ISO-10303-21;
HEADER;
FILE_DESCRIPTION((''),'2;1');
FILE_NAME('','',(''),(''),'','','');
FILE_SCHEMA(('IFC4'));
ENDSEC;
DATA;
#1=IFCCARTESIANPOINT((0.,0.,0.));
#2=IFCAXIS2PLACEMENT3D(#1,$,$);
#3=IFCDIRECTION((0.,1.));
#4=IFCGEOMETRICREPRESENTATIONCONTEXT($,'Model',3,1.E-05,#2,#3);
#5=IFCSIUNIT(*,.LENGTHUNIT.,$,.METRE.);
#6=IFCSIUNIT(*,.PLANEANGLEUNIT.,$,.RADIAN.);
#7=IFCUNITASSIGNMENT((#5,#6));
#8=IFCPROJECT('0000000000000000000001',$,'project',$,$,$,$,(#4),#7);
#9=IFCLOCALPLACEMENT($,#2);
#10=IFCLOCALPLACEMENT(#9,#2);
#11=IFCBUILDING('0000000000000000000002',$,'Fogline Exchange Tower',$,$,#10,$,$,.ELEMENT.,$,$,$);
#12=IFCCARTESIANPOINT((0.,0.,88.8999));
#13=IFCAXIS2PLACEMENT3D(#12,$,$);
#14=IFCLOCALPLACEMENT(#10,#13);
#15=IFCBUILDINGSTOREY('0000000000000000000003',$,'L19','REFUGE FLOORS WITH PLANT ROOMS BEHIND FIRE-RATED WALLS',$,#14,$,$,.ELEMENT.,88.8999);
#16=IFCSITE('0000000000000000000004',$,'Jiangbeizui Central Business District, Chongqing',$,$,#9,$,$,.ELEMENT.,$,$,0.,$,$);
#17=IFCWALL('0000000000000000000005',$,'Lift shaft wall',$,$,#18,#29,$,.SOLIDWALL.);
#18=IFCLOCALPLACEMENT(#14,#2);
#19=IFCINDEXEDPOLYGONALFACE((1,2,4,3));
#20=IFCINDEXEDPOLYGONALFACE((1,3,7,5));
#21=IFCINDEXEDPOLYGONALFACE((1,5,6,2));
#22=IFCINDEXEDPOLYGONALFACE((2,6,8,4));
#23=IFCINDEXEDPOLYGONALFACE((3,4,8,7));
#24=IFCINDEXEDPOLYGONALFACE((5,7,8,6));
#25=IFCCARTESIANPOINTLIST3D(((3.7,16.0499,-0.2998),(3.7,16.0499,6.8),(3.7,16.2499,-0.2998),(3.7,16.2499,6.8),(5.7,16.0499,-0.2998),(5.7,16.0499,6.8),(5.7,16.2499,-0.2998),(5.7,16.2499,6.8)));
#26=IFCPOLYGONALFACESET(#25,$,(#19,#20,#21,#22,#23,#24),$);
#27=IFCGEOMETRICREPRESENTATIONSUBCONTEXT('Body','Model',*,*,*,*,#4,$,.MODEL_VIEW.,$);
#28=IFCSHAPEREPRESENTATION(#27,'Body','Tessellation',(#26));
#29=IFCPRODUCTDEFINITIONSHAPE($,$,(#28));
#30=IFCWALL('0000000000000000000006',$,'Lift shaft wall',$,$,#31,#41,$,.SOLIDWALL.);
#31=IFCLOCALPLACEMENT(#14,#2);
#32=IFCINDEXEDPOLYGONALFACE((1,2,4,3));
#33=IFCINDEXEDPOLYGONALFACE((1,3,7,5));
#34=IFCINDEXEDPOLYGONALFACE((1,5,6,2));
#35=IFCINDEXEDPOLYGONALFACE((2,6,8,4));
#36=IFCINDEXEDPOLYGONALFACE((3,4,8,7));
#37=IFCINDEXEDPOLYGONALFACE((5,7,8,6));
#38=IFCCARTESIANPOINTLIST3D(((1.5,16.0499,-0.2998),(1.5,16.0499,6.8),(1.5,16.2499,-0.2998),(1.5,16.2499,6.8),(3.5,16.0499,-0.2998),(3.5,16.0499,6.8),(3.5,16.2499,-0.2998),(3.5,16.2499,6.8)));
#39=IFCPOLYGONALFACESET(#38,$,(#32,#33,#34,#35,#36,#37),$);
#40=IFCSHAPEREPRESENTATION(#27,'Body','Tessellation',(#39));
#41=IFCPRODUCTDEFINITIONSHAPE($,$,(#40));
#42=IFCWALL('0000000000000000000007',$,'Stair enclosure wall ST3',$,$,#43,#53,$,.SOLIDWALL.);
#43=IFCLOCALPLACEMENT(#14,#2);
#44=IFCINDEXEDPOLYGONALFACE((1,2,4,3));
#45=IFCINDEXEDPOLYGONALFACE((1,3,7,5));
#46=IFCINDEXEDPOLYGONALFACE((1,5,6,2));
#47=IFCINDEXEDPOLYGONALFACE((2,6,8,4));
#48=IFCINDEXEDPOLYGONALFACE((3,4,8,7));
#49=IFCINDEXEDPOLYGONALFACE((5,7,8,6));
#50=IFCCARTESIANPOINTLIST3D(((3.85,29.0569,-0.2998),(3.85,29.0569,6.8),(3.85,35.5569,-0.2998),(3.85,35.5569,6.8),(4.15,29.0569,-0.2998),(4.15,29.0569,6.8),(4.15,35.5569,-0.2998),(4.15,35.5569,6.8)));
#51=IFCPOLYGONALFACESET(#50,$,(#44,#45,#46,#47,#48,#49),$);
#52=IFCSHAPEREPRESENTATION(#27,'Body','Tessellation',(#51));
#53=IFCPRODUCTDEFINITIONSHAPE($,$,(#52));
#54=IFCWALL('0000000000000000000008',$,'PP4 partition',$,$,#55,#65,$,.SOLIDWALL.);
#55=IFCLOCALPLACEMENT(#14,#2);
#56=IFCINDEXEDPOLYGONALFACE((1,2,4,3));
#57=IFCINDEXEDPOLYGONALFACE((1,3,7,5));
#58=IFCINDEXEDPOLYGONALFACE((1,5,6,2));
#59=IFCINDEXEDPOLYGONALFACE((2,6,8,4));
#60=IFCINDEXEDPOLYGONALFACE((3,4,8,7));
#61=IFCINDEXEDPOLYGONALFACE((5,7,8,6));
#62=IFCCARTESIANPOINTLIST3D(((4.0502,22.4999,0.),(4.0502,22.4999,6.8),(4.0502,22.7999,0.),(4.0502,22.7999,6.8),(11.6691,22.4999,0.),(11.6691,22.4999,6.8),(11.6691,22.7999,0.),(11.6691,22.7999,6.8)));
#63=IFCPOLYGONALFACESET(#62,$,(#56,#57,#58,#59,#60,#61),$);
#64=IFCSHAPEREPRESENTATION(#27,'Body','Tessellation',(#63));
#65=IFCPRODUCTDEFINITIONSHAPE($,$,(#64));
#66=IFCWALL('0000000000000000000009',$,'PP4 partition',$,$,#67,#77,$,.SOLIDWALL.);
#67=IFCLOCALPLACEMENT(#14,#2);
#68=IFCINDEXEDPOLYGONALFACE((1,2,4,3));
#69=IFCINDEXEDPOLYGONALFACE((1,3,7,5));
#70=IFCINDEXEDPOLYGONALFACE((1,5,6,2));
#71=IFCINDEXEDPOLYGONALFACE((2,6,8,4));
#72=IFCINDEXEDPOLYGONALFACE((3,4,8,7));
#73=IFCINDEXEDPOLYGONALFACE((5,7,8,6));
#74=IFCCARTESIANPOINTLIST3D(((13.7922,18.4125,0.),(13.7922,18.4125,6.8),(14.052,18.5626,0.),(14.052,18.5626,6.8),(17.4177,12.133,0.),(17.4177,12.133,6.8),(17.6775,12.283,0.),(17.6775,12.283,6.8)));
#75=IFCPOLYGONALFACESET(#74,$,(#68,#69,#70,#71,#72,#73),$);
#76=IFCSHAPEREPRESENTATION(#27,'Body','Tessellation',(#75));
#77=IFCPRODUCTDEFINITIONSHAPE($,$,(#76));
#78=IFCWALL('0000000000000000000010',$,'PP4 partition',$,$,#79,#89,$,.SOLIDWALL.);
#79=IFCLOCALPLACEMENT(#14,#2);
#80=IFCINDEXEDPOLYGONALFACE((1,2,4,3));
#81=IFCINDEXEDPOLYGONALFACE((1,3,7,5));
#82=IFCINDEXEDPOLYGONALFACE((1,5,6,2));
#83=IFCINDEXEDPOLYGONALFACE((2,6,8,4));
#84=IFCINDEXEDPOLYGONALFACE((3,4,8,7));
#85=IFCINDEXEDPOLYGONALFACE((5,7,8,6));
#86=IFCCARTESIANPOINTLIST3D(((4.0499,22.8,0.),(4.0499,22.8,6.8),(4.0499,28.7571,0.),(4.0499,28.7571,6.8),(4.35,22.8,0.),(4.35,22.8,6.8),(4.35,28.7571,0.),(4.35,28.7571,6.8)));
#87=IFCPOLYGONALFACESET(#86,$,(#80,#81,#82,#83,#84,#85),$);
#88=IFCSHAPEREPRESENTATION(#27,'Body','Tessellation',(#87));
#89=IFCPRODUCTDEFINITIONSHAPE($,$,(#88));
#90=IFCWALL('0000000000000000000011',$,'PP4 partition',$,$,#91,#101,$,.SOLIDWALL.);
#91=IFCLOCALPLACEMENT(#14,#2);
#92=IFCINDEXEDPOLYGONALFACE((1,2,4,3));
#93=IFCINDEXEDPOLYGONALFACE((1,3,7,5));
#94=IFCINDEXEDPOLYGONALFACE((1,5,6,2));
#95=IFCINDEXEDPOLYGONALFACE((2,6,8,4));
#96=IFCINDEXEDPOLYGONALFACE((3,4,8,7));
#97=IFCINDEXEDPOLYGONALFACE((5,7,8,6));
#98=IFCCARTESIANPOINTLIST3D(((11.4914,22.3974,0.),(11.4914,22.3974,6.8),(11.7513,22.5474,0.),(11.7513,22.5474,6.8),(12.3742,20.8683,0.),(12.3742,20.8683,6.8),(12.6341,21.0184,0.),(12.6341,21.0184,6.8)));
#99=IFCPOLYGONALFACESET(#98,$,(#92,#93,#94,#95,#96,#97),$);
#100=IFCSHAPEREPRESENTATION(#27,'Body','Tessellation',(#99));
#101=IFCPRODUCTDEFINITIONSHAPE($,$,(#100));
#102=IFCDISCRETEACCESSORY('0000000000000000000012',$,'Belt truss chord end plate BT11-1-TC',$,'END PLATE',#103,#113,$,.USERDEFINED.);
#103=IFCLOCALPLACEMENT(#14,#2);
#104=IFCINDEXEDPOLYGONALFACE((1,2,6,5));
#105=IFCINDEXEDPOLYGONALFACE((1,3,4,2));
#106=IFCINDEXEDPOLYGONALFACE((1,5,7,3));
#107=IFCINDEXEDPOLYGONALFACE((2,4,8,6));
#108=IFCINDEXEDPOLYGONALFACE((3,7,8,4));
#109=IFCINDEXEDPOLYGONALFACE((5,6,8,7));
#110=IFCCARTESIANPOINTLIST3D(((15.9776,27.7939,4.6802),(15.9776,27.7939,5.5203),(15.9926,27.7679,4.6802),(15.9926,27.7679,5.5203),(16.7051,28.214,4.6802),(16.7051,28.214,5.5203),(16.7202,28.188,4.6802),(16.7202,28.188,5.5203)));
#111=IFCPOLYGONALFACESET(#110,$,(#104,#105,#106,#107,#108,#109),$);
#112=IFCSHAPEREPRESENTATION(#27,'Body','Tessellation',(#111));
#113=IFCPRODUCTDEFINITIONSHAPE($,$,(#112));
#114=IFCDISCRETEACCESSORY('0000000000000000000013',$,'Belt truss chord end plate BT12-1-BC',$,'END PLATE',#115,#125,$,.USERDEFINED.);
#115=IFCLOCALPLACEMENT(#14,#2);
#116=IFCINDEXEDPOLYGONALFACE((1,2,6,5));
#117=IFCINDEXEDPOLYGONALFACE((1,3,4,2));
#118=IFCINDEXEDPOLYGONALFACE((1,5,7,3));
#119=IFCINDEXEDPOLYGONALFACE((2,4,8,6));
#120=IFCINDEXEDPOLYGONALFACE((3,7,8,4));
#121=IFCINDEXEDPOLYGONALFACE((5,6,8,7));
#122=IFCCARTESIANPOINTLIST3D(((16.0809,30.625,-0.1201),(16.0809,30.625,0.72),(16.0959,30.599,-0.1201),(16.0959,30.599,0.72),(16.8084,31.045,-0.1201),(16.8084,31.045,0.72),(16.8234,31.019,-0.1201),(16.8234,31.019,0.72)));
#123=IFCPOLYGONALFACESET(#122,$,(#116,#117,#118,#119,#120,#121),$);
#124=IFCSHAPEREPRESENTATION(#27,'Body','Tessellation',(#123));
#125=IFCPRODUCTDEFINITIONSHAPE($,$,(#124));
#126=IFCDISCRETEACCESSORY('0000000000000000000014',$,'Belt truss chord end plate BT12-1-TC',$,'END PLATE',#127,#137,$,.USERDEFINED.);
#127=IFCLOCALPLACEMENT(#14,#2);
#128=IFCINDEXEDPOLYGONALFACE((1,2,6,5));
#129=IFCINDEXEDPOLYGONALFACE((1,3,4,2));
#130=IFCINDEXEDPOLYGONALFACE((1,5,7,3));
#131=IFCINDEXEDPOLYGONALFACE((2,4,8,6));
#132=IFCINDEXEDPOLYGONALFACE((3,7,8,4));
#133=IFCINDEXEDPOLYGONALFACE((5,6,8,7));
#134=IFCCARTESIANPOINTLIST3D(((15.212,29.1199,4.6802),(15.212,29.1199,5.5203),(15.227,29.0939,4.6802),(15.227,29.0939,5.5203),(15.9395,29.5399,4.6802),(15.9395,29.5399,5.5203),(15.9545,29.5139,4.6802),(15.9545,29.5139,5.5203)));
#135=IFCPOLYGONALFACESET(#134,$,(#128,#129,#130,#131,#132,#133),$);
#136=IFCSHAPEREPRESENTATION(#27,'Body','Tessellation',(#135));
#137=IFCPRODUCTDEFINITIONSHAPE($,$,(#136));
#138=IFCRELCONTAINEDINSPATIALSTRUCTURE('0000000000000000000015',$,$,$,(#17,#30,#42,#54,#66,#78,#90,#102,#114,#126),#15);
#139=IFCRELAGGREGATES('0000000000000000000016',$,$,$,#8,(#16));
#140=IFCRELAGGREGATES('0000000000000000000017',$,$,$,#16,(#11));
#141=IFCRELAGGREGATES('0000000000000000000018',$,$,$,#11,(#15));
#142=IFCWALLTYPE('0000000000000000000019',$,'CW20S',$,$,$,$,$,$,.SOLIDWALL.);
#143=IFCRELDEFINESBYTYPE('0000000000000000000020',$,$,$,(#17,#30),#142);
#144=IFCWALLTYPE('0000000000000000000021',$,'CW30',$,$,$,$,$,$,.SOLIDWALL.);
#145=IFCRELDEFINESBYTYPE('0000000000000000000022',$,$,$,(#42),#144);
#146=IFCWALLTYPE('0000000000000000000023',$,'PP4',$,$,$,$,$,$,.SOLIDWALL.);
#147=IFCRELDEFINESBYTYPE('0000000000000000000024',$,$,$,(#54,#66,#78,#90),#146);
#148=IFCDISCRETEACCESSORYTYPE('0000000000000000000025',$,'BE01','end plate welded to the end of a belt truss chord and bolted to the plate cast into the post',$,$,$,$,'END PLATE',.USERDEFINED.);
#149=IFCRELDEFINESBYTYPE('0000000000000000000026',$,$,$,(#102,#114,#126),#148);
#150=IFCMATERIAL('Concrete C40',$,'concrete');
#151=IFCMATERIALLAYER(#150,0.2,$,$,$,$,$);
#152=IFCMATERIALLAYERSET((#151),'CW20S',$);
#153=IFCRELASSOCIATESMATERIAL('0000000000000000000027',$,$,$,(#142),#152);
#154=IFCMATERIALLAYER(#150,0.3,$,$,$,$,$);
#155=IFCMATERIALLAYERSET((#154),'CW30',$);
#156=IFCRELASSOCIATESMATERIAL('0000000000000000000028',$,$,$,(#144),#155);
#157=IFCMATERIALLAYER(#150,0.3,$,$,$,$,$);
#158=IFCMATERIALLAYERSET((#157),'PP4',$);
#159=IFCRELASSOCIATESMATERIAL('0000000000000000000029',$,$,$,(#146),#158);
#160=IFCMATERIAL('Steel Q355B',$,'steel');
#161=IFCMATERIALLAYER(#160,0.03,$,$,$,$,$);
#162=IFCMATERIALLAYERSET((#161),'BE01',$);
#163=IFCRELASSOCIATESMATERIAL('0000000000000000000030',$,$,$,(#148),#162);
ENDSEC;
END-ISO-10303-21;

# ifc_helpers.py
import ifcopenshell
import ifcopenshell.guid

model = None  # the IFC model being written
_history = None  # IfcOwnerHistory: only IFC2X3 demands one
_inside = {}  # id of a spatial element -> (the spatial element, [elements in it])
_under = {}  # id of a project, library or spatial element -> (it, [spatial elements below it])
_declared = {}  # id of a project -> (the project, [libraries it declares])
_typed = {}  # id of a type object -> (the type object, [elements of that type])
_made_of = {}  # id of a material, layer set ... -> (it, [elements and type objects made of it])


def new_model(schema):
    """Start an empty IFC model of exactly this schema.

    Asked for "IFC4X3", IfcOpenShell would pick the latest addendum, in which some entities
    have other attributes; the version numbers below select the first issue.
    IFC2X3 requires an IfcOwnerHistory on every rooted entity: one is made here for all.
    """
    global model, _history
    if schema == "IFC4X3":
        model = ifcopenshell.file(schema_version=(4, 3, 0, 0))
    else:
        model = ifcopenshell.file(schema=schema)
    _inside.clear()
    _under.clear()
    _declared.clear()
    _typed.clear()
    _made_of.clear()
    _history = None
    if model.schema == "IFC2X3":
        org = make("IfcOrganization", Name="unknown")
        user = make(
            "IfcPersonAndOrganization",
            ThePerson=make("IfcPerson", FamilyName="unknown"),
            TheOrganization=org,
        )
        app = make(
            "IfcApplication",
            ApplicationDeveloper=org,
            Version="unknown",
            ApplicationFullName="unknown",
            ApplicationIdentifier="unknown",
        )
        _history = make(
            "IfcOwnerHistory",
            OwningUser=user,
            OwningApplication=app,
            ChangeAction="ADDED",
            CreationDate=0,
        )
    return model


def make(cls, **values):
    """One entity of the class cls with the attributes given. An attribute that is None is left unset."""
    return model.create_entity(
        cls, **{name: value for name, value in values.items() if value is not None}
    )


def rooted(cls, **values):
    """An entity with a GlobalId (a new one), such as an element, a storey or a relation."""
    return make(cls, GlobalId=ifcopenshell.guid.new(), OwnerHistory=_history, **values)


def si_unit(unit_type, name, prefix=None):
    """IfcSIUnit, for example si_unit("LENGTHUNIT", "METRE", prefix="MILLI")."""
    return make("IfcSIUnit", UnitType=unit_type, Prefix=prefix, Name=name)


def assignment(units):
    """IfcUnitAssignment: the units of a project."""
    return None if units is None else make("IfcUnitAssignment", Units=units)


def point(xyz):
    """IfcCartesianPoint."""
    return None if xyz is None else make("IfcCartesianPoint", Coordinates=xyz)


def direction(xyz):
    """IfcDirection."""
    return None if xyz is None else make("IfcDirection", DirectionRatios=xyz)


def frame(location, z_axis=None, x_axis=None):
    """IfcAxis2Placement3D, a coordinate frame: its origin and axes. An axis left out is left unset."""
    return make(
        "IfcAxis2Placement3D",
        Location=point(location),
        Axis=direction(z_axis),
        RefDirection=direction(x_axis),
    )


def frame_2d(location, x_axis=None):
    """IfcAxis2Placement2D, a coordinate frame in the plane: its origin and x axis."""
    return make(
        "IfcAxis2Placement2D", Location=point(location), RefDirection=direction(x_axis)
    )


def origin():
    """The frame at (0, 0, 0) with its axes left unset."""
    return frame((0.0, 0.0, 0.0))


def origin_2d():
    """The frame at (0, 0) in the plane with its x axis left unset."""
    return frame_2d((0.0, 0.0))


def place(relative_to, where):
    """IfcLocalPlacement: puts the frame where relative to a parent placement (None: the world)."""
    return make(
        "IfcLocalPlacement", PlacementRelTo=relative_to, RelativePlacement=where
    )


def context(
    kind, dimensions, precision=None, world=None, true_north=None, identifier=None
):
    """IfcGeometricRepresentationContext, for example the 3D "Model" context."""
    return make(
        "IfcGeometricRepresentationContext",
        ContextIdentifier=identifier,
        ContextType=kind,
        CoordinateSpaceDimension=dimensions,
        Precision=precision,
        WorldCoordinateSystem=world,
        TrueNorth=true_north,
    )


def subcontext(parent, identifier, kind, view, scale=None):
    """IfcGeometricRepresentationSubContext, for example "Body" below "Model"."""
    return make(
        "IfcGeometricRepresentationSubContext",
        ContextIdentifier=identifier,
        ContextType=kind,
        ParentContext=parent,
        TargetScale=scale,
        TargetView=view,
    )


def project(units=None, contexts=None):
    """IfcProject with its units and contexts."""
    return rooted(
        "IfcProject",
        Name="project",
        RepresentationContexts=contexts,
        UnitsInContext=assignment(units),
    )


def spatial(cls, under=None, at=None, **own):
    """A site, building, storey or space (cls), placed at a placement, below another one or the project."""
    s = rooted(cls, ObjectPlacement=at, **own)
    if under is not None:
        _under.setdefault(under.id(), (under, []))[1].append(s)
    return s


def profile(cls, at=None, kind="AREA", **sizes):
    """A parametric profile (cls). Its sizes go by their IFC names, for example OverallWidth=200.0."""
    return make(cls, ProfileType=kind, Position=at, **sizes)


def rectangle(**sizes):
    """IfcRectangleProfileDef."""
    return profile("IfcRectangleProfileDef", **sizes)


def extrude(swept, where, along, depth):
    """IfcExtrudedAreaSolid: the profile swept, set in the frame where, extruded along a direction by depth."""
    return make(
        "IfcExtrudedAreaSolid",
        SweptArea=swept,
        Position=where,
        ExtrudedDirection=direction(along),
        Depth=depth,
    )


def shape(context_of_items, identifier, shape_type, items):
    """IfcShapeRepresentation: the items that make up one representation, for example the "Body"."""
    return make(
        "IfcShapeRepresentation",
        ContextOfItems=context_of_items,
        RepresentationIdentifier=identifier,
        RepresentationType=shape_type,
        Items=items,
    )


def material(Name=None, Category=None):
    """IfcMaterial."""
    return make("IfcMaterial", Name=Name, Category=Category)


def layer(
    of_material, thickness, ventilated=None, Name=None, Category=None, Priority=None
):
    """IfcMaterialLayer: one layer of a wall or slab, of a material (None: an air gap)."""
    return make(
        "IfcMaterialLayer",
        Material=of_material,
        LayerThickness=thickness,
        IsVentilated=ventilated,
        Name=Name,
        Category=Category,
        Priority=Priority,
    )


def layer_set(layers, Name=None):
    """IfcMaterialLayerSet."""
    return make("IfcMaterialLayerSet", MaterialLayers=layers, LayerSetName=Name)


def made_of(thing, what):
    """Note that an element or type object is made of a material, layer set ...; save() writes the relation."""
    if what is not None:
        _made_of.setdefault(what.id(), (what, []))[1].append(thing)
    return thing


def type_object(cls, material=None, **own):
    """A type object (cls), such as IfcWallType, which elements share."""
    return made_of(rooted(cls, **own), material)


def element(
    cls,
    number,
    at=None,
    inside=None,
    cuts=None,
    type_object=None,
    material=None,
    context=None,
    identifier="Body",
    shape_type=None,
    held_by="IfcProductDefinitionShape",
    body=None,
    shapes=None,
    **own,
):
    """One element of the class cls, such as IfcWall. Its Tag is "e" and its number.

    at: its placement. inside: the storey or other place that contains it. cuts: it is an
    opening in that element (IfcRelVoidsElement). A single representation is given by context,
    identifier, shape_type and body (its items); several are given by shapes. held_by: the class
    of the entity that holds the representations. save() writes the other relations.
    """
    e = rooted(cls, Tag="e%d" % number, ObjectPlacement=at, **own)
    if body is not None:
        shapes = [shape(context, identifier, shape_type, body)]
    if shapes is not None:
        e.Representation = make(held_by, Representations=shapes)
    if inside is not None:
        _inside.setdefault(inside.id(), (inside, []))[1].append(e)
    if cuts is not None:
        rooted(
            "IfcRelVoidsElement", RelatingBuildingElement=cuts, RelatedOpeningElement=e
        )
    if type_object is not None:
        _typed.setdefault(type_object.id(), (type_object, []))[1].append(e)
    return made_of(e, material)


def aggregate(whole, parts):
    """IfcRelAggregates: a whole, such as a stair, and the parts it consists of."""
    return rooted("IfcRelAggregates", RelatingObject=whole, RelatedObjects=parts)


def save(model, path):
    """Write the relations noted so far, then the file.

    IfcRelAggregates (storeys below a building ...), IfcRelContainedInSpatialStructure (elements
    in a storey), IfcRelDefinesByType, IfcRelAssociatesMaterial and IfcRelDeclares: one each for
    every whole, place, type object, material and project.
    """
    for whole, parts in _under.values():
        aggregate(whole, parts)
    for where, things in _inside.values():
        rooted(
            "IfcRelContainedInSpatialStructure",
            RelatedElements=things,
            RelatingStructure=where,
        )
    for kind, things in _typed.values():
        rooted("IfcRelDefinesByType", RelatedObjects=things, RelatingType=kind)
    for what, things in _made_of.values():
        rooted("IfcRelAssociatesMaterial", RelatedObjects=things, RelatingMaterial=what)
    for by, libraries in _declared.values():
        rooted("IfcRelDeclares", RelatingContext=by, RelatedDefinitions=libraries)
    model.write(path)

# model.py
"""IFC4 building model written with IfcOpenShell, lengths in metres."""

from ifc_helpers import new_model, si_unit, direction, frame, frame_2d, origin, origin_2d, place, context, subcontext, project, spatial, rectangle, extrude, material, layer, layer_set, type_object, element, save


model = new_model("IFC4")

# Units and contexts
model_context = context("Model", 3, precision=1e-05, world=origin(), true_north=direction((0.0, 1.0)))
body_context = subcontext(model_context, "Body", "Model", "MODEL_VIEW")
ifc_project = project(units=[si_unit("LENGTHUNIT", "METRE"), si_unit("PLANEANGLEUNIT", "RADIAN")], contexts=[model_context])

# Site, building, storey
site_placement = place(None, origin())
site = spatial("IfcSite", under=ifc_project, at=site_placement, Name="Jiangbeizui Central Business District, Chongqing", CompositionType="ELEMENT", RefElevation=0.0)
building_placement = place(site_placement, origin())
building = spatial("IfcBuilding", under=site, at=building_placement, Name="Fogline Exchange Tower", CompositionType="ELEMENT")
storey_placement = place(building_placement, frame((0.0, 0.0, 88.8999)))
storey = spatial("IfcBuildingStorey", under=building, at=storey_placement, Name="L19", Description="REFUGE FLOORS WITH PLANT ROOMS BEHIND FIRE-RATED WALLS", CompositionType="ELEMENT", Elevation=88.8999)

# Shared definitions
ifc_material_1 = material(Name="Concrete C40", Category="concrete")

# Shared definitions
ifc_material_2 = material(Name="Steel Q355B", Category="steel")

# Walls
ifc_layer_1 = layer(ifc_material_1, 0.2)
ifc_layer_set_1 = layer_set([ifc_layer_1], Name="CW20S")
wall_type_1 = type_object("IfcWallType", Name="CW20S", PredefinedType="SOLIDWALL", material=ifc_layer_set_1)
for number, where, z_axis, x_axis, name in (
    (1, (3.7, 16.1499, -0.2998), (0.0, 0.0, 1.0), (1.0, 0.0, 0.0), "Lift shaft wall"),
    (2, (1.5, 16.1499, -0.2998), (0.0, 0.0, 1.0), (1.0, 0.0, 0.0), "Lift shaft wall"),
):
    element("IfcWall", number, at=place(storey_placement, frame(where, z_axis=z_axis, x_axis=x_axis)), inside=storey, type_object=wall_type_1, Name=name, PredefinedType="SOLIDWALL", context=body_context, shape_type="SweptSolid", body=[
        extrude(rectangle(XDim=2.0, YDim=0.2, at=frame_2d((1.0, 0.0))), origin(), (0.0, 0.0, 1.0), 7.0999),
    ])
ifc_layer_2 = layer(ifc_material_1, 0.3)
ifc_layer_set_2 = layer_set([ifc_layer_2], Name="CW30")
wall_type_2 = type_object("IfcWallType", Name="CW30", PredefinedType="SOLIDWALL", material=ifc_layer_set_2)
wall_1_placement = place(storey_placement, frame((4.0, 29.0569, -0.2998), z_axis=(0.0, 0.0, 1.0), x_axis=(0.0, 1.0, 0.0)))
element("IfcWall", 3, at=wall_1_placement, inside=storey, type_object=wall_type_2, Name="Stair enclosure wall ST3", PredefinedType="SOLIDWALL", context=body_context, shape_type="SweptSolid", body=[
    extrude(rectangle(XDim=6.5, YDim=0.3, at=frame_2d((3.25, 0.0))), origin(), (0.0, 0.0, 1.0), 7.0999),
])
ifc_layer_3 = layer(ifc_material_1, 0.3)
ifc_layer_set_3 = layer_set([ifc_layer_3], Name="PP4")
wall_type_3 = type_object("IfcWallType", Name="PP4", PredefinedType="SOLIDWALL", material=ifc_layer_set_3)
wall_2_placement = place(storey_placement, frame((4.05, 22.6499, 0.0), z_axis=(0.0, 0.0, 1.0), x_axis=(1.0, 0.0, 0.0)))
element("IfcWall", 4, at=wall_2_placement, inside=storey, type_object=wall_type_3, Name="PP4 partition", PredefinedType="SOLIDWALL", context=body_context, shape_type="SweptSolid", body=[
    extrude(rectangle(XDim=7.6189, YDim=0.3, at=frame_2d((3.8096, 0.0))), origin(), (0.0, 0.0, 1.0), 6.8),
])
wall_3_placement = place(storey_placement, frame((13.9221, 18.4875, 0.0), z_axis=(0.0, 0.0, 1.0), x_axis=(0.499999, -0.866026, 0.0)))
element("IfcWall", 5, at=wall_3_placement, inside=storey, type_object=wall_type_3, Name="PP4 partition", PredefinedType="SOLIDWALL", context=body_context, shape_type="SweptSolid", body=[
    extrude(rectangle(XDim=7.251, YDim=0.3, at=frame_2d((3.6255, 0.0))), origin(), (0.0, 0.0, 1.0), 6.8),
])
wall_4_placement = place(storey_placement, frame((4.2, 28.7571, 0.0), z_axis=(0.0, 0.0, 1.0), x_axis=(0.0, -1.0, 0.0)))
element("IfcWall", 6, at=wall_4_placement, inside=storey, type_object=wall_type_3, Name="PP4 partition", PredefinedType="SOLIDWALL", context=body_context, shape_type="SweptSolid", body=[
    extrude(rectangle(XDim=5.957, YDim=0.3, at=frame_2d((2.9785, 0.0))), origin(), (0.0, 0.0, 1.0), 6.8),
])
wall_5_placement = place(storey_placement, frame((11.6213, 22.4724, 0.0), z_axis=(0.0, 0.0, 1.0), x_axis=(0.500006, -0.866022, 0.0)))
element("IfcWall", 7, at=wall_5_placement, inside=storey, type_object=wall_type_3, Name="PP4 partition", PredefinedType="SOLIDWALL", context=body_context, shape_type="SweptSolid", body=[
    extrude(rectangle(XDim=1.7656, YDim=0.3, at=frame_2d((0.8828, 0.0))), origin(), (0.0, 0.0, 1.0), 6.8),
])

# Discrete accessories
ifc_layer_4 = layer(ifc_material_2, 0.03)
ifc_layer_set_4 = layer_set([ifc_layer_4], Name="BE01")
discrete_accessory_type = type_object("IfcDiscreteAccessoryType", Name="BE01", Description="end plate welded to the end of a belt truss chord and bolted to the plate cast into the post", ElementType="END PLATE", PredefinedType="USERDEFINED", material=ifc_layer_set_4)
for number, where, z_axis, x_axis, name in (
    (8, (16.3489, 27.991, 4.6802), (0.0, 0.0, 1.0), (-0.5, 0.866025, 0.0), "Belt truss chord end plate BT11-1-TC"),
    (9, (16.4521, 30.822, -0.1201), (0.0, 0.0, 1.0), (0.5, -0.866025, 0.0), "Belt truss chord end plate BT12-1-BC"),
    (10, (15.5833, 29.3169, 4.6802), (0.0, 0.0, 1.0), (0.5, -0.866025, 0.0), "Belt truss chord end plate BT12-1-TC"),
):
    element("IfcDiscreteAccessory", number, at=place(storey_placement, frame(where, z_axis=z_axis, x_axis=x_axis)), inside=storey, type_object=discrete_accessory_type, Name=name, ObjectType="END PLATE", PredefinedType="USERDEFINED", context=body_context, shape_type="SweptSolid", body=[
        extrude(rectangle(XDim=0.03, YDim=0.8401, at=origin_2d()), origin(), (0.0, 0.0, 1.0), 0.8401),
    ])

save(model, "model.ifc")
